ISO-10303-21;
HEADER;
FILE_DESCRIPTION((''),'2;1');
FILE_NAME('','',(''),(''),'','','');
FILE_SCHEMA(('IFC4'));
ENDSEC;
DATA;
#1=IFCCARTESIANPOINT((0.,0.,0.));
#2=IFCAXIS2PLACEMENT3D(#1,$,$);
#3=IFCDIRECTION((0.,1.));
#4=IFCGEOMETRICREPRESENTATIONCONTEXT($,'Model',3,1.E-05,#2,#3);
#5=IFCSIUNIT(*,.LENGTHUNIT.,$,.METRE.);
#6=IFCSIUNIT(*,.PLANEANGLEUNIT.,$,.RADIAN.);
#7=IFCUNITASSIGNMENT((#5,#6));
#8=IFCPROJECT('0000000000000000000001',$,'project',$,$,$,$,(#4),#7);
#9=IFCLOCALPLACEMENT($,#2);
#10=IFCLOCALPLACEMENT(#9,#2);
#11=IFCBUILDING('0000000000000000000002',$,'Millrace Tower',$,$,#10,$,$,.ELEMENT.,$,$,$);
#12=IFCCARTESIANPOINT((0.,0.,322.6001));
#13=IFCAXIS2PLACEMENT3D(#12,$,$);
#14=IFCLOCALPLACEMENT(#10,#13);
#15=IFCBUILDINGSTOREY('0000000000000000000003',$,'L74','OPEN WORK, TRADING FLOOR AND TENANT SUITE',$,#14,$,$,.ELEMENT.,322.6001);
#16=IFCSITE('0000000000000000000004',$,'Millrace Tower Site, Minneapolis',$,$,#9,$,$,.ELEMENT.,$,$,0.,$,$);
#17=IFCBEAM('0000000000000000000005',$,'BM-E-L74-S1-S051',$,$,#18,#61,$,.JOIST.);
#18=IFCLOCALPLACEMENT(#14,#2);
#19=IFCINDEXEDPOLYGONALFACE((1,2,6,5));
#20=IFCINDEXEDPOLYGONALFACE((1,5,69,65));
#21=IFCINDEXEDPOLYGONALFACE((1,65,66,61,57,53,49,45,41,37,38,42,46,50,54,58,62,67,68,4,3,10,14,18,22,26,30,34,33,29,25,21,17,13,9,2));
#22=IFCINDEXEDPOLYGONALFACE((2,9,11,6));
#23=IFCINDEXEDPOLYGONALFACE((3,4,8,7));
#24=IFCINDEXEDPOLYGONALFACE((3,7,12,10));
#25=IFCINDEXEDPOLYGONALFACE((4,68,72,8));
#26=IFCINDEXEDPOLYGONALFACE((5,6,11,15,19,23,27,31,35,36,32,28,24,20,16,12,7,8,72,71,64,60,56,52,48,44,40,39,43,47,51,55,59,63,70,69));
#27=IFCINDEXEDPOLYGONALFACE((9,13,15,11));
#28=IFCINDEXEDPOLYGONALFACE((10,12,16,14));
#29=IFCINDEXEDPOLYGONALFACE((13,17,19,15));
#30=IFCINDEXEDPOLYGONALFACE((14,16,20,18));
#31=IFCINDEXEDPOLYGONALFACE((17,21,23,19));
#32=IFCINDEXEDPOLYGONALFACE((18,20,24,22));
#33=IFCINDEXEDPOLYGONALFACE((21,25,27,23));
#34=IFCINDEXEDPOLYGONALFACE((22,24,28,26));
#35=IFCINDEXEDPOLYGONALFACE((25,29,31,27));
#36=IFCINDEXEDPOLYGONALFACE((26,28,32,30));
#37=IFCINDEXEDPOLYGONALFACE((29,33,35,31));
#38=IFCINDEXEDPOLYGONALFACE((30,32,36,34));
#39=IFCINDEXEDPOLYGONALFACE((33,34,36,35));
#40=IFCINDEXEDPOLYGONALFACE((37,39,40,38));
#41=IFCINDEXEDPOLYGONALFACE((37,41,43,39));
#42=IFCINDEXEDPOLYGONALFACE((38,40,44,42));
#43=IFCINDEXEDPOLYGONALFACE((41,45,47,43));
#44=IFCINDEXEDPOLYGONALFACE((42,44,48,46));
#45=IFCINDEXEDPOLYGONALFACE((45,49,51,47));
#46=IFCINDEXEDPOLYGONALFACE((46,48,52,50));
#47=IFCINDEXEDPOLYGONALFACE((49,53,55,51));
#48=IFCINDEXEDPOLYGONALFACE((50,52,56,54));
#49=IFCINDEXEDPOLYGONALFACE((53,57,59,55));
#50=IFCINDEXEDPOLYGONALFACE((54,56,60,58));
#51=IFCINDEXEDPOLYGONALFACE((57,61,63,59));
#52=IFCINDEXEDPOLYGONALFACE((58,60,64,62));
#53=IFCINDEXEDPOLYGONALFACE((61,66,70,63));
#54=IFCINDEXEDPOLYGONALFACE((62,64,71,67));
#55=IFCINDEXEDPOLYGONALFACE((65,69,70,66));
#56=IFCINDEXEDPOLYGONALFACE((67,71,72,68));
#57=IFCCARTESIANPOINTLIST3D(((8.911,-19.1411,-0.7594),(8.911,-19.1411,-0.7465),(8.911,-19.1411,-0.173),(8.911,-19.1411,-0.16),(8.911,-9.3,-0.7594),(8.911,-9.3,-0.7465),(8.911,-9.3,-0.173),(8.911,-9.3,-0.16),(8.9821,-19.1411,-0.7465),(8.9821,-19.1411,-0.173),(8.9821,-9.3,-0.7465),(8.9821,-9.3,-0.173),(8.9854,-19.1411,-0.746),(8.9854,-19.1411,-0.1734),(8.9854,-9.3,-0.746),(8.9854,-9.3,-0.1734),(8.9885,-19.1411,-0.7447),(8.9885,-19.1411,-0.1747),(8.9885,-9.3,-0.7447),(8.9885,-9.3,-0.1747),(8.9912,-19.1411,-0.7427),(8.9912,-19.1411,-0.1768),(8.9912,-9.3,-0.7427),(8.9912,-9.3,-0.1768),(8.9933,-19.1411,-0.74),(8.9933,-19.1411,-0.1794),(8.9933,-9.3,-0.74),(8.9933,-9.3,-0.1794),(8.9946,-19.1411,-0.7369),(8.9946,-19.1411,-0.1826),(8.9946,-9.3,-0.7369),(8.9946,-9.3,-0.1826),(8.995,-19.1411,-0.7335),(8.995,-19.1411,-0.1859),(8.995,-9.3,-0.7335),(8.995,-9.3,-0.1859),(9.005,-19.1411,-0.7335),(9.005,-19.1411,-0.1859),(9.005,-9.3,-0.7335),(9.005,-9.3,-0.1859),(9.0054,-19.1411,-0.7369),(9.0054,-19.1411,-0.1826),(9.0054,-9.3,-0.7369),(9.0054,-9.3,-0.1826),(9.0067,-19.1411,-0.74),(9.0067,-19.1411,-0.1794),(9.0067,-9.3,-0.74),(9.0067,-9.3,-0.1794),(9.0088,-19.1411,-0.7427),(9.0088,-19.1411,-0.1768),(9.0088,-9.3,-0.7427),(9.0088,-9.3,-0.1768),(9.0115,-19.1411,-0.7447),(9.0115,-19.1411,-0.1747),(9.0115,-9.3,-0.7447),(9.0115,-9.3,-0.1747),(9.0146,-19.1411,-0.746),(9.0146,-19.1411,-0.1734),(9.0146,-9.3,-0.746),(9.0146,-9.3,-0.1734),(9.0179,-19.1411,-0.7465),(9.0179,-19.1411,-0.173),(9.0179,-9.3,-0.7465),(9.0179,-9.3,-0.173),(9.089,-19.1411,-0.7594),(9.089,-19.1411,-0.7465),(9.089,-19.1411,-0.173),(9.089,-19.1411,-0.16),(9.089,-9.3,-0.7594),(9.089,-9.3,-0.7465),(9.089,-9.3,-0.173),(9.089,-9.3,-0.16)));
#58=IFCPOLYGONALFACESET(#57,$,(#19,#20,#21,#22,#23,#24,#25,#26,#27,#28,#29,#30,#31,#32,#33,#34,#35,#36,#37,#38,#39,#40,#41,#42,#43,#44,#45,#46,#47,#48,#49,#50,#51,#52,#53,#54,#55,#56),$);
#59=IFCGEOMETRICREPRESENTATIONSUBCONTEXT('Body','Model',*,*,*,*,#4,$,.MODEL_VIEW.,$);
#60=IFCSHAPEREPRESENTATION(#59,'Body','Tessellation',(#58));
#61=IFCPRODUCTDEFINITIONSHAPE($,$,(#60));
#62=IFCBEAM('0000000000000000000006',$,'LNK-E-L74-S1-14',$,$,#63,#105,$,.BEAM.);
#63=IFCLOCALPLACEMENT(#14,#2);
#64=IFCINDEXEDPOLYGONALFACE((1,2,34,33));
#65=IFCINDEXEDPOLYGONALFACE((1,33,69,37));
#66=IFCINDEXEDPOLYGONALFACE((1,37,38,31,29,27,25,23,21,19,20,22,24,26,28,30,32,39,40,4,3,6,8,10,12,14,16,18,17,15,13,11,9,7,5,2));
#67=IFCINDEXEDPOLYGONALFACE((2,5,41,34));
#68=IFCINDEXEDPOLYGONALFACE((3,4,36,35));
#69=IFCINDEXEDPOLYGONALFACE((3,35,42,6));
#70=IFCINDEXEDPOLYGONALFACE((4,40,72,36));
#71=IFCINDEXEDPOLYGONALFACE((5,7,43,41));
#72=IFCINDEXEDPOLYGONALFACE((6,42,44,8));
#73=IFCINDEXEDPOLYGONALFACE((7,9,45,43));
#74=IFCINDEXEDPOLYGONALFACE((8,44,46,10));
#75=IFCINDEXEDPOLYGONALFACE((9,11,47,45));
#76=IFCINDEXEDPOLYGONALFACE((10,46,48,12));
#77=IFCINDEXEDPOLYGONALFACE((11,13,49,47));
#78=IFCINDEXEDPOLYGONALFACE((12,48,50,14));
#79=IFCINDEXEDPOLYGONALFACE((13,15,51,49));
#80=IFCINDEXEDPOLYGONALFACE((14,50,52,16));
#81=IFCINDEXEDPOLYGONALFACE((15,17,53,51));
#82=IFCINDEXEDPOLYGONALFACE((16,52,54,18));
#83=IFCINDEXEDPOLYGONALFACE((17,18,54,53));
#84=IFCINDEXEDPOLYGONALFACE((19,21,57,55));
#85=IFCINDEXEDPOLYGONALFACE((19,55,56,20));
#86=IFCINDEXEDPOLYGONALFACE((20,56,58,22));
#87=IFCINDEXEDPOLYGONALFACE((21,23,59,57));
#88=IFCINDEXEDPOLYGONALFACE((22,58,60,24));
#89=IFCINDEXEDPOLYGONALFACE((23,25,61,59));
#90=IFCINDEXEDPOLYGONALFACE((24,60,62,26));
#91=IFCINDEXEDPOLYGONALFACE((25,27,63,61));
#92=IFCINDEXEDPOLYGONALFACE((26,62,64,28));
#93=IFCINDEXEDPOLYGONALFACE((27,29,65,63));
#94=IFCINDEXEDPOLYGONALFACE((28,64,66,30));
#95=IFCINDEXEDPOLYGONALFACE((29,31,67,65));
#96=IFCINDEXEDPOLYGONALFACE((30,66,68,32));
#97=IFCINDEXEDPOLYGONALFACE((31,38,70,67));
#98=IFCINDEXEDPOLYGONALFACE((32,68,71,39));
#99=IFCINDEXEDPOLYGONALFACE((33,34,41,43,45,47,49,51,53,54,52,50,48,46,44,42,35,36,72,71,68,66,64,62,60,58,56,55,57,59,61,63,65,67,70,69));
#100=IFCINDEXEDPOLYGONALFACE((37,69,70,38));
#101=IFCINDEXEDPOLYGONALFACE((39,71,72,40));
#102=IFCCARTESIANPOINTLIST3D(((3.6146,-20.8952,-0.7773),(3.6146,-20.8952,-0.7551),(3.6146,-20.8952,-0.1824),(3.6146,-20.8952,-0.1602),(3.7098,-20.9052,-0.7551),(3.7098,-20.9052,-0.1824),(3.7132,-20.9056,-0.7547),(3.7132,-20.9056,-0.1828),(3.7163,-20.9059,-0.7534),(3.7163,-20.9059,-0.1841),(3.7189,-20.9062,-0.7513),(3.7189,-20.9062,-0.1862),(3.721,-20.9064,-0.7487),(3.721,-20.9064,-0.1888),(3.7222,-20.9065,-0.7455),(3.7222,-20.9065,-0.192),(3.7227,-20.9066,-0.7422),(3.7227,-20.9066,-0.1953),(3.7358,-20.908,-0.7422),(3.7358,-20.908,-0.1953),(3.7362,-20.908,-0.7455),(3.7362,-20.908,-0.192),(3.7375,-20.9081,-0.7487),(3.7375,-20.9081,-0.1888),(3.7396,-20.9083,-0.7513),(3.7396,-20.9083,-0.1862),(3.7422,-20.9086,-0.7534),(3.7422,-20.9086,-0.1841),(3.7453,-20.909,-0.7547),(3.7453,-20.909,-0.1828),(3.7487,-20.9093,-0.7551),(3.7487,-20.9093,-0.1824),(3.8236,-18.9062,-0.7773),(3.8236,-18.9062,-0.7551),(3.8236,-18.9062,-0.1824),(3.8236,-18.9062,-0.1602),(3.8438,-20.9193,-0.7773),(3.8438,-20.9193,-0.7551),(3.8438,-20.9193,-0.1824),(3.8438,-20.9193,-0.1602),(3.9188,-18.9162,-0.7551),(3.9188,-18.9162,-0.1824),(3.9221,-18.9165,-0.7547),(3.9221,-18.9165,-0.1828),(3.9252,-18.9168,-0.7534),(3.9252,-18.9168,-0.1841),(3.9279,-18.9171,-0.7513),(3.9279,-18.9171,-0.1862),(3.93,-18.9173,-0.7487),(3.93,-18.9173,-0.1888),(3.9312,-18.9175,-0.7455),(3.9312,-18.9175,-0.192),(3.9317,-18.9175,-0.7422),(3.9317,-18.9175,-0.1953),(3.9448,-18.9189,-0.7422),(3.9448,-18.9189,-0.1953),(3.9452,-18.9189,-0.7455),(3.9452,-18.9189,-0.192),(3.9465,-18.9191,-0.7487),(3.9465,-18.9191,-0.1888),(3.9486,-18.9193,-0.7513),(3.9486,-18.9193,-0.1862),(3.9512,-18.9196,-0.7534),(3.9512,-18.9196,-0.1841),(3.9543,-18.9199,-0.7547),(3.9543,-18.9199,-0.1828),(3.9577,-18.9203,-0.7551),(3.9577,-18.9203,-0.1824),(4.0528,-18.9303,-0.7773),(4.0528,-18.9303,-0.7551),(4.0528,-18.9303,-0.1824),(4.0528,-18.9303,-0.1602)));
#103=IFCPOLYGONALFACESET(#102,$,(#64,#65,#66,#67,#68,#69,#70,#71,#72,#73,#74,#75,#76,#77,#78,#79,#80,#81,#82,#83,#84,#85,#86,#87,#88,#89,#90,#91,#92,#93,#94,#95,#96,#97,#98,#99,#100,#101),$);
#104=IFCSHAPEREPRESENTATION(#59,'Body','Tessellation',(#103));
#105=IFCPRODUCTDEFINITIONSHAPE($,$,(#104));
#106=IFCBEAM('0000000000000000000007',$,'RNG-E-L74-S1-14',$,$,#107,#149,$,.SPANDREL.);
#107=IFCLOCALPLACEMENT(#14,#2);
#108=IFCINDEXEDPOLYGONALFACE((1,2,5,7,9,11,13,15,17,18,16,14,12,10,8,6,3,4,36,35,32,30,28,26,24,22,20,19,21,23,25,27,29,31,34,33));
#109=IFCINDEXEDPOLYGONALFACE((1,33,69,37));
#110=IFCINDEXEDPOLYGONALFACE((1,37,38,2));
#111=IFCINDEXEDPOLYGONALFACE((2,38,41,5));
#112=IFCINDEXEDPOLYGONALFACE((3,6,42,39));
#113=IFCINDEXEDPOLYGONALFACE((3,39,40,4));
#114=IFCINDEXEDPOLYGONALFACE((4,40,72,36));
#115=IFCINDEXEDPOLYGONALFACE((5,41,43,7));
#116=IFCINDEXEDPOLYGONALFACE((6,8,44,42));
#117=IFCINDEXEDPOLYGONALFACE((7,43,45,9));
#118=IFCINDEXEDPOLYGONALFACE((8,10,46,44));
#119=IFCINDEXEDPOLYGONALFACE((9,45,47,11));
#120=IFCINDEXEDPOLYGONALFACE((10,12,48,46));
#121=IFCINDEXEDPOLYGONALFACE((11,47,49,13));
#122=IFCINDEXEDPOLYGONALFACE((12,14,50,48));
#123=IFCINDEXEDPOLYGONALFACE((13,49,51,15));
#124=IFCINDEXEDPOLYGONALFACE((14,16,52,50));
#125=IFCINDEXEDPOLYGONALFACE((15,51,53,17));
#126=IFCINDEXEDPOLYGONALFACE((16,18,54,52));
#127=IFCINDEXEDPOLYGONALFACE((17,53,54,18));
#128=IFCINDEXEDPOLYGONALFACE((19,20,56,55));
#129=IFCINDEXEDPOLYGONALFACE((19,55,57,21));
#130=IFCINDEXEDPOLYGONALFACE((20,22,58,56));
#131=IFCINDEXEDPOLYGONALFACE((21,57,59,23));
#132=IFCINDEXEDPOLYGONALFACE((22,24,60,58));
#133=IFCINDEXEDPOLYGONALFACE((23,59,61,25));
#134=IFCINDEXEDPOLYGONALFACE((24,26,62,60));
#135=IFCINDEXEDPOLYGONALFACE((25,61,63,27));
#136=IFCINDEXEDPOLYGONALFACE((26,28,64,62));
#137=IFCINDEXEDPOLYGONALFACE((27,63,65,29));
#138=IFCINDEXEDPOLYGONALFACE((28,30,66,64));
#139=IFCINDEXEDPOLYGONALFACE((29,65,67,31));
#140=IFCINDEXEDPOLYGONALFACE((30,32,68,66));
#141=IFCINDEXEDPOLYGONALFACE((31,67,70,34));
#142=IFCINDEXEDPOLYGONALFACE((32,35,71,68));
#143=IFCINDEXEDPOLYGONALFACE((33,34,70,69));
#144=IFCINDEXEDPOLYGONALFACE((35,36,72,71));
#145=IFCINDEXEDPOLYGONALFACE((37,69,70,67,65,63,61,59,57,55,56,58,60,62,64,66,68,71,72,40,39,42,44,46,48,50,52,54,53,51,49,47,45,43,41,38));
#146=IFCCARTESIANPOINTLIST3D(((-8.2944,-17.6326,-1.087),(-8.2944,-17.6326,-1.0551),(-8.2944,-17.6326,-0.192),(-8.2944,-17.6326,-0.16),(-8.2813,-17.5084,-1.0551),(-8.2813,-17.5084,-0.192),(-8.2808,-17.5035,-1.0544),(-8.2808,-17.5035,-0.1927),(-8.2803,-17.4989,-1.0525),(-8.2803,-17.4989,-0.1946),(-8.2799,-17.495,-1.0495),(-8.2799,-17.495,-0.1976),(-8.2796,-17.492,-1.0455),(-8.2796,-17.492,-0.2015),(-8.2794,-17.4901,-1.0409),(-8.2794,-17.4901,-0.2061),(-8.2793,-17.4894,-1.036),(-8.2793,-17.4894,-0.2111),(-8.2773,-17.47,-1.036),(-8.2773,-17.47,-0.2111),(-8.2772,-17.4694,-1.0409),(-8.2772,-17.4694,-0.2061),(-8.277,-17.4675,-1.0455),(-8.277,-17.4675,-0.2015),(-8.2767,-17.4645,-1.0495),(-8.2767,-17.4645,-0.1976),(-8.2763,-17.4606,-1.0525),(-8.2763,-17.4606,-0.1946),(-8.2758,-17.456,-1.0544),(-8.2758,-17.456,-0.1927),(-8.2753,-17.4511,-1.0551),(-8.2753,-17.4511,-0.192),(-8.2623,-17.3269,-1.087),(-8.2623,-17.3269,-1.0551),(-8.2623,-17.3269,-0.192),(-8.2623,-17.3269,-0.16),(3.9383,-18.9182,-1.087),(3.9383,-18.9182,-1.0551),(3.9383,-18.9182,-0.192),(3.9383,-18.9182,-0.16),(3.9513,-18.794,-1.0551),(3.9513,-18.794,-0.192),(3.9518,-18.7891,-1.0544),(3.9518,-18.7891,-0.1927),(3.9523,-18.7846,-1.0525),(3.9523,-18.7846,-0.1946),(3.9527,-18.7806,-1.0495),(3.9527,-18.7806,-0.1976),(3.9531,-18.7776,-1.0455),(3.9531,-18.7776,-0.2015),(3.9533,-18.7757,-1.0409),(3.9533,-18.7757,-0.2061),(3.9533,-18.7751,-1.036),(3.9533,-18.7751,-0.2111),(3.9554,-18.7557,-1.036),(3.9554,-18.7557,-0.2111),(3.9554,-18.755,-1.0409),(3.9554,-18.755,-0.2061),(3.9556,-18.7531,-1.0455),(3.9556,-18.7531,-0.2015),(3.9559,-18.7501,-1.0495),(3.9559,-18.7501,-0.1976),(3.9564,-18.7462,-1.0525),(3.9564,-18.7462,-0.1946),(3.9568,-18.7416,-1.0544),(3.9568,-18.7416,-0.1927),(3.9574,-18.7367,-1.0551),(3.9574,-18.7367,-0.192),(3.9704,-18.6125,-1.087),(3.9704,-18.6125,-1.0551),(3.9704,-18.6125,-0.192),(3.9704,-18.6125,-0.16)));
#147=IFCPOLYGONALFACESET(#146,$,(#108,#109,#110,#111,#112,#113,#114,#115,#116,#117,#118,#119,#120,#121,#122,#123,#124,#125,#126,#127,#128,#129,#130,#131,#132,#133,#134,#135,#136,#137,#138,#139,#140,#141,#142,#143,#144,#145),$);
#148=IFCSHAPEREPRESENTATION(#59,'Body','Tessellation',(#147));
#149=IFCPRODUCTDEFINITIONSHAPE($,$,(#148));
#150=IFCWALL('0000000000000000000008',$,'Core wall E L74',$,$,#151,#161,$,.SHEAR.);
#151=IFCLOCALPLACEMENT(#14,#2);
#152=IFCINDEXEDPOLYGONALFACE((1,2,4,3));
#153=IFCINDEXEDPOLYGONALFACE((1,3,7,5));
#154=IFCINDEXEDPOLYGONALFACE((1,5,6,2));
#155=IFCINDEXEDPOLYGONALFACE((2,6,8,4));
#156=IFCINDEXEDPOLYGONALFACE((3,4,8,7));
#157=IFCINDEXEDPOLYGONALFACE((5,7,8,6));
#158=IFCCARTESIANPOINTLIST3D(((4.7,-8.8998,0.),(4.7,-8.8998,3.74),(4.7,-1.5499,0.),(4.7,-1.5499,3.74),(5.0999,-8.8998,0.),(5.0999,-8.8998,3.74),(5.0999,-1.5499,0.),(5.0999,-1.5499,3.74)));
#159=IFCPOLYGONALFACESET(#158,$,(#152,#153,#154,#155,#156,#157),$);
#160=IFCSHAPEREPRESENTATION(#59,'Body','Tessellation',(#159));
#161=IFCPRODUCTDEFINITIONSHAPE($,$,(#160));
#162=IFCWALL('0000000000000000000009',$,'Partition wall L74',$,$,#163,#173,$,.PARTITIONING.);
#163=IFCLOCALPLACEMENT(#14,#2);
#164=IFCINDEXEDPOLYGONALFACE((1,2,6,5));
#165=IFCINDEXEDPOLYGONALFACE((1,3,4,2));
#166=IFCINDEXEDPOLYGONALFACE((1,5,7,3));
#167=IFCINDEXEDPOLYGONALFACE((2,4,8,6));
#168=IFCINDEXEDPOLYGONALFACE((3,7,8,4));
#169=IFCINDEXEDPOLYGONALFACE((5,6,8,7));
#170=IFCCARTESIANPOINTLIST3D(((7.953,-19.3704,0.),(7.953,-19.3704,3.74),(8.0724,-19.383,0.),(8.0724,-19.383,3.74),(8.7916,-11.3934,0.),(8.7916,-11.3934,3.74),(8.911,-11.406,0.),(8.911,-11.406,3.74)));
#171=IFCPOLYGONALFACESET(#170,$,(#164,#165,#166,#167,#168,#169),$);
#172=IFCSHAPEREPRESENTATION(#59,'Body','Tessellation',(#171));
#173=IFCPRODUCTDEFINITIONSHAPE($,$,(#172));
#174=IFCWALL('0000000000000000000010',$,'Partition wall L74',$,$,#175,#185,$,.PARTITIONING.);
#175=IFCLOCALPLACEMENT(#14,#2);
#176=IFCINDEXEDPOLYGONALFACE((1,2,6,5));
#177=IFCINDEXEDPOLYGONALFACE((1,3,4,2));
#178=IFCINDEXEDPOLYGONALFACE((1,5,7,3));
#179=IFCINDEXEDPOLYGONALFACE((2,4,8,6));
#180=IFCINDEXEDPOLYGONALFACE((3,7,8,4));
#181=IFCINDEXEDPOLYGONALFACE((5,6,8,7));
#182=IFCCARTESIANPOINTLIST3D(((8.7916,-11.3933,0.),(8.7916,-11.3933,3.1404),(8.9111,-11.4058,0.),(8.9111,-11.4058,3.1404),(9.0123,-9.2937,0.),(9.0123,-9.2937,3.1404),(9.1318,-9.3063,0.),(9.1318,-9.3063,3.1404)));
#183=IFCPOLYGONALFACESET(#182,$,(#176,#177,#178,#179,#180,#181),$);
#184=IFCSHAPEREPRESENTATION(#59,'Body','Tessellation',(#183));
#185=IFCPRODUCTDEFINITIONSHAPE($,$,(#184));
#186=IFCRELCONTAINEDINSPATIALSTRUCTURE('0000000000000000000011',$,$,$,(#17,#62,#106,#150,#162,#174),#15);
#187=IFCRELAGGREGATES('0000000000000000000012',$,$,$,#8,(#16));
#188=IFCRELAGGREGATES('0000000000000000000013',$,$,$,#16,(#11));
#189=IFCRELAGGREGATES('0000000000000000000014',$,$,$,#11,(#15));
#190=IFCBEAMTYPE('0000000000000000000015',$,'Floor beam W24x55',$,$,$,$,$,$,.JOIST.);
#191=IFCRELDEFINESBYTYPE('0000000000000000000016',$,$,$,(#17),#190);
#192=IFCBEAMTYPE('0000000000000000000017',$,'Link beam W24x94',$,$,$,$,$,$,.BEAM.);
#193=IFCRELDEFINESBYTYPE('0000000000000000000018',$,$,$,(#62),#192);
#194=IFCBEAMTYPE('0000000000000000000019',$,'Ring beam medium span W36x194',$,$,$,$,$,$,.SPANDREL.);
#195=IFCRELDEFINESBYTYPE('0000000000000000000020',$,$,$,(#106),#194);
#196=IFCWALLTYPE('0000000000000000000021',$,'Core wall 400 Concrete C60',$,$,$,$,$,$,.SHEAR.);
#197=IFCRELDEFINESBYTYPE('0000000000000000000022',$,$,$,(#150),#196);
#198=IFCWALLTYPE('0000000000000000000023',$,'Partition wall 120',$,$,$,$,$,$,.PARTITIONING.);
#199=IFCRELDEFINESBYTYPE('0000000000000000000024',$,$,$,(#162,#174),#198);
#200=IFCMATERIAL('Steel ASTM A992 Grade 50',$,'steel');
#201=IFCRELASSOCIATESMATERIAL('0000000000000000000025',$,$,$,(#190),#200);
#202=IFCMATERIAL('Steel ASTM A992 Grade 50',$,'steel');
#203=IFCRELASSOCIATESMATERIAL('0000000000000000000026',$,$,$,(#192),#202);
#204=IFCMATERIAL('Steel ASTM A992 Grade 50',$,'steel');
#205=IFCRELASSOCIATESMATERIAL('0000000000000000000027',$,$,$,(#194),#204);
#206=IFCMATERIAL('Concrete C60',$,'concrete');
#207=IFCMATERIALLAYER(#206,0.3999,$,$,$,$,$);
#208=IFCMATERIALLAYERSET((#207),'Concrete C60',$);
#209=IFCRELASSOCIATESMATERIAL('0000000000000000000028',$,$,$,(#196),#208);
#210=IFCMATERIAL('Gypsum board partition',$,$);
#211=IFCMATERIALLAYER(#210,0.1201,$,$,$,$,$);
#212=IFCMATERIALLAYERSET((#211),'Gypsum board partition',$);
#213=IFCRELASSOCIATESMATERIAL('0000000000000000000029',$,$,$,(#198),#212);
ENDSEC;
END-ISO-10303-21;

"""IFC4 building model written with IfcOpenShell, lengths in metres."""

from ifc_helpers import new_model, si_unit, direction, frame, frame_2d, origin, origin_2d, place, context, subcontext, project, spatial, rectangle, i_section, extrude, material, layer, layer_set, material_profile, profile_set, type_object, element, save


model = new_model("IFC4")

# Units and contexts
model_context = context("Model", 3, precision=1e-05, world=origin(), true_north=direction((0.0, 1.0)))
body_context = subcontext(model_context, "Body", "Model", "MODEL_VIEW")
ifc_project = project(units=[si_unit("LENGTHUNIT", "METRE"), si_unit("PLANEANGLEUNIT", "RADIAN")], contexts=[model_context])

# Site, building, storey
site_placement = place(None, origin())
site = spatial("IfcSite", under=ifc_project, at=site_placement, Name="Millrace Tower Site, Minneapolis", CompositionType="ELEMENT", RefElevation=0.0)
building_placement = place(site_placement, origin())
building = spatial("IfcBuilding", under=site, at=building_placement, Name="Millrace Tower", CompositionType="ELEMENT")
storey_placement = place(building_placement, frame((0.0, 0.0, 322.6001)))
storey = spatial("IfcBuildingStorey", under=building, at=storey_placement, Name="L74", Description="OPEN WORK, TRADING FLOOR AND TENANT SUITE", CompositionType="ELEMENT", Elevation=322.6001)

# Beams
ifc_material_1 = material(Name="Steel ASTM A992 Grade 50", Category="steel")
ifc_material_profile_1 = material_profile(ifc_material_1, i_section(OverallWidth=0.178, OverallDepth=0.5994, WebThickness=0.01, FlangeThickness=0.0129, FilletRadius=0.0129, at=origin_2d()))
ifc_profile_set_1 = profile_set([ifc_material_profile_1], Name="Steel ASTM A992 Grade 50")
beam_type_1 = type_object("IfcBeamType", Name="Floor beam W24x55", PredefinedType="JOIST", material=ifc_profile_set_1)
beam_1_placement = place(storey_placement, frame((9.0, -19.1411, -0.4597), z_axis=(0.0, 1.0, 0.0), x_axis=(-1.0, 0.0, 0.0)))
element("IfcBeam", 1, at=beam_1_placement, inside=storey, type_object=beam_type_1, Name="BM-E-L74-S1-S051", PredefinedType="JOIST", context=body_context, shape_type="SweptSolid", body=[
    extrude(i_section(OverallWidth=0.178, OverallDepth=0.5994, WebThickness=0.01, FlangeThickness=0.0129, FilletRadius=0.0129, at=origin_2d()), origin(), (0.0, 0.0, 1.0), 9.8411),
])
ifc_material_2 = material(Name="Steel ASTM A992 Grade 50", Category="steel")
ifc_material_profile_2 = material_profile(ifc_material_2, i_section(OverallWidth=0.2305, OverallDepth=0.6172, WebThickness=0.0132, FlangeThickness=0.0222, FilletRadius=0.0129, at=origin_2d()))
ifc_profile_set_2 = profile_set([ifc_material_profile_2], Name="Steel ASTM A992 Grade 50")
beam_type_2 = type_object("IfcBeamType", Name="Link beam W24x94", PredefinedType="BEAM", material=ifc_profile_set_2)
beam_2_placement = place(storey_placement, frame((3.9382, -18.9182, -0.4688), z_axis=(-0.104494, -0.994526, 0.0), x_axis=(0.994526, -0.104494, 0.0)))
element("IfcBeam", 2, at=beam_2_placement, inside=storey, type_object=beam_type_2, Name="LNK-E-L74-S1-14", PredefinedType="BEAM", context=body_context, shape_type="SweptSolid", body=[
    extrude(i_section(OverallWidth=0.2305, OverallDepth=0.6172, WebThickness=0.0132, FlangeThickness=0.0222, FilletRadius=0.0129, at=origin_2d()), origin(), (0.0, 0.0, 1.0), 2.0),
])
ifc_material_3 = material(Name="Steel ASTM A992 Grade 50", Category="steel")
ifc_material_profile_3 = material_profile(ifc_material_3, i_section(OverallWidth=0.3074, OverallDepth=0.927, WebThickness=0.0195, FlangeThickness=0.032, FilletRadius=0.019, at=origin_2d()))
ifc_profile_set_3 = profile_set([ifc_material_profile_3], Name="Steel ASTM A992 Grade 50")
beam_type_3 = type_object("IfcBeamType", Name="Ring beam medium span W36x194", PredefinedType="SPANDREL", material=ifc_profile_set_3)
beam_3_placement = place(storey_placement, frame((3.9543, -18.7654, -0.6235), z_axis=(-0.994522, 0.104524, 0.0), x_axis=(-0.104524, -0.994522, 0.0)))
element("IfcBeam", 3, at=beam_3_placement, inside=storey, type_object=beam_type_3, Name="RNG-E-L74-S1-14", PredefinedType="SPANDREL", context=body_context, shape_type="SweptSolid", body=[
    extrude(i_section(OverallWidth=0.3074, OverallDepth=0.927, WebThickness=0.0195, FlangeThickness=0.032, FilletRadius=0.019, at=origin_2d()), origin(), (0.0, 0.0, 1.0), 12.3),
])

# Walls
ifc_material_4 = material(Name="Concrete C60", Category="concrete")
ifc_layer_1 = layer(ifc_material_4, 0.3999)
ifc_layer_set_1 = layer_set([ifc_layer_1], Name="Concrete C60")
wall_type_1 = type_object("IfcWallType", Name="Core wall 400 Concrete C60", PredefinedType="SHEAR", material=ifc_layer_set_1)
wall_1_placement = place(storey_placement, frame((4.8999, -1.55, 0.0), z_axis=(0.0, 0.0, 1.0), x_axis=(0.0, -1.0, 0.0)))
element("IfcWall", 4, at=wall_1_placement, inside=storey, type_object=wall_type_1, Name="Core wall E L74", PredefinedType="SHEAR", context=body_context, shape_type="SweptSolid", body=[
    extrude(rectangle(XDim=7.3499, YDim=0.3999, at=frame_2d((3.6748, 0.0))), origin(), (0.0, 0.0, 1.0), 3.74),
])
ifc_material_5 = material(Name="Gypsum board partition")
ifc_layer_2 = layer(ifc_material_5, 0.1201)
ifc_layer_set_2 = layer_set([ifc_layer_2], Name="Gypsum board partition")
wall_type_2 = type_object("IfcWallType", Name="Partition wall 120", PredefinedType="PARTITIONING", material=ifc_layer_set_2)
wall_2_placement = place(storey_placement, frame((8.0127, -19.3767, 0.0), z_axis=(0.0, 0.0, 1.0), x_axis=(0.104553, 0.994519, 0.0)))
element("IfcWall", 5, at=wall_2_placement, inside=storey, type_object=wall_type_2, Name="Partition wall L74", PredefinedType="PARTITIONING", context=body_context, shape_type="SweptSolid", body=[
    extrude(rectangle(XDim=8.021, YDim=0.1201, at=frame_2d((4.0105, 0.0))), origin(), (0.0, 0.0, 1.0), 3.74),
])
wall_3_placement = place(storey_placement, frame((8.8513, -11.3997, 0.0), z_axis=(0.0, 0.0, 1.0), x_axis=(0.10454, 0.994521, 0.0)))
element("IfcWall", 6, at=wall_3_placement, inside=storey, type_object=wall_type_2, Name="Partition wall L74", PredefinedType="PARTITIONING", context=body_context, shape_type="SweptSolid", body=[
    extrude(rectangle(XDim=2.1111, YDim=0.1201, at=frame_2d((1.0557, 0.0))), origin(), (0.0, 0.0, 1.0), 3.1404),
])

save(model, "model.ifc")
